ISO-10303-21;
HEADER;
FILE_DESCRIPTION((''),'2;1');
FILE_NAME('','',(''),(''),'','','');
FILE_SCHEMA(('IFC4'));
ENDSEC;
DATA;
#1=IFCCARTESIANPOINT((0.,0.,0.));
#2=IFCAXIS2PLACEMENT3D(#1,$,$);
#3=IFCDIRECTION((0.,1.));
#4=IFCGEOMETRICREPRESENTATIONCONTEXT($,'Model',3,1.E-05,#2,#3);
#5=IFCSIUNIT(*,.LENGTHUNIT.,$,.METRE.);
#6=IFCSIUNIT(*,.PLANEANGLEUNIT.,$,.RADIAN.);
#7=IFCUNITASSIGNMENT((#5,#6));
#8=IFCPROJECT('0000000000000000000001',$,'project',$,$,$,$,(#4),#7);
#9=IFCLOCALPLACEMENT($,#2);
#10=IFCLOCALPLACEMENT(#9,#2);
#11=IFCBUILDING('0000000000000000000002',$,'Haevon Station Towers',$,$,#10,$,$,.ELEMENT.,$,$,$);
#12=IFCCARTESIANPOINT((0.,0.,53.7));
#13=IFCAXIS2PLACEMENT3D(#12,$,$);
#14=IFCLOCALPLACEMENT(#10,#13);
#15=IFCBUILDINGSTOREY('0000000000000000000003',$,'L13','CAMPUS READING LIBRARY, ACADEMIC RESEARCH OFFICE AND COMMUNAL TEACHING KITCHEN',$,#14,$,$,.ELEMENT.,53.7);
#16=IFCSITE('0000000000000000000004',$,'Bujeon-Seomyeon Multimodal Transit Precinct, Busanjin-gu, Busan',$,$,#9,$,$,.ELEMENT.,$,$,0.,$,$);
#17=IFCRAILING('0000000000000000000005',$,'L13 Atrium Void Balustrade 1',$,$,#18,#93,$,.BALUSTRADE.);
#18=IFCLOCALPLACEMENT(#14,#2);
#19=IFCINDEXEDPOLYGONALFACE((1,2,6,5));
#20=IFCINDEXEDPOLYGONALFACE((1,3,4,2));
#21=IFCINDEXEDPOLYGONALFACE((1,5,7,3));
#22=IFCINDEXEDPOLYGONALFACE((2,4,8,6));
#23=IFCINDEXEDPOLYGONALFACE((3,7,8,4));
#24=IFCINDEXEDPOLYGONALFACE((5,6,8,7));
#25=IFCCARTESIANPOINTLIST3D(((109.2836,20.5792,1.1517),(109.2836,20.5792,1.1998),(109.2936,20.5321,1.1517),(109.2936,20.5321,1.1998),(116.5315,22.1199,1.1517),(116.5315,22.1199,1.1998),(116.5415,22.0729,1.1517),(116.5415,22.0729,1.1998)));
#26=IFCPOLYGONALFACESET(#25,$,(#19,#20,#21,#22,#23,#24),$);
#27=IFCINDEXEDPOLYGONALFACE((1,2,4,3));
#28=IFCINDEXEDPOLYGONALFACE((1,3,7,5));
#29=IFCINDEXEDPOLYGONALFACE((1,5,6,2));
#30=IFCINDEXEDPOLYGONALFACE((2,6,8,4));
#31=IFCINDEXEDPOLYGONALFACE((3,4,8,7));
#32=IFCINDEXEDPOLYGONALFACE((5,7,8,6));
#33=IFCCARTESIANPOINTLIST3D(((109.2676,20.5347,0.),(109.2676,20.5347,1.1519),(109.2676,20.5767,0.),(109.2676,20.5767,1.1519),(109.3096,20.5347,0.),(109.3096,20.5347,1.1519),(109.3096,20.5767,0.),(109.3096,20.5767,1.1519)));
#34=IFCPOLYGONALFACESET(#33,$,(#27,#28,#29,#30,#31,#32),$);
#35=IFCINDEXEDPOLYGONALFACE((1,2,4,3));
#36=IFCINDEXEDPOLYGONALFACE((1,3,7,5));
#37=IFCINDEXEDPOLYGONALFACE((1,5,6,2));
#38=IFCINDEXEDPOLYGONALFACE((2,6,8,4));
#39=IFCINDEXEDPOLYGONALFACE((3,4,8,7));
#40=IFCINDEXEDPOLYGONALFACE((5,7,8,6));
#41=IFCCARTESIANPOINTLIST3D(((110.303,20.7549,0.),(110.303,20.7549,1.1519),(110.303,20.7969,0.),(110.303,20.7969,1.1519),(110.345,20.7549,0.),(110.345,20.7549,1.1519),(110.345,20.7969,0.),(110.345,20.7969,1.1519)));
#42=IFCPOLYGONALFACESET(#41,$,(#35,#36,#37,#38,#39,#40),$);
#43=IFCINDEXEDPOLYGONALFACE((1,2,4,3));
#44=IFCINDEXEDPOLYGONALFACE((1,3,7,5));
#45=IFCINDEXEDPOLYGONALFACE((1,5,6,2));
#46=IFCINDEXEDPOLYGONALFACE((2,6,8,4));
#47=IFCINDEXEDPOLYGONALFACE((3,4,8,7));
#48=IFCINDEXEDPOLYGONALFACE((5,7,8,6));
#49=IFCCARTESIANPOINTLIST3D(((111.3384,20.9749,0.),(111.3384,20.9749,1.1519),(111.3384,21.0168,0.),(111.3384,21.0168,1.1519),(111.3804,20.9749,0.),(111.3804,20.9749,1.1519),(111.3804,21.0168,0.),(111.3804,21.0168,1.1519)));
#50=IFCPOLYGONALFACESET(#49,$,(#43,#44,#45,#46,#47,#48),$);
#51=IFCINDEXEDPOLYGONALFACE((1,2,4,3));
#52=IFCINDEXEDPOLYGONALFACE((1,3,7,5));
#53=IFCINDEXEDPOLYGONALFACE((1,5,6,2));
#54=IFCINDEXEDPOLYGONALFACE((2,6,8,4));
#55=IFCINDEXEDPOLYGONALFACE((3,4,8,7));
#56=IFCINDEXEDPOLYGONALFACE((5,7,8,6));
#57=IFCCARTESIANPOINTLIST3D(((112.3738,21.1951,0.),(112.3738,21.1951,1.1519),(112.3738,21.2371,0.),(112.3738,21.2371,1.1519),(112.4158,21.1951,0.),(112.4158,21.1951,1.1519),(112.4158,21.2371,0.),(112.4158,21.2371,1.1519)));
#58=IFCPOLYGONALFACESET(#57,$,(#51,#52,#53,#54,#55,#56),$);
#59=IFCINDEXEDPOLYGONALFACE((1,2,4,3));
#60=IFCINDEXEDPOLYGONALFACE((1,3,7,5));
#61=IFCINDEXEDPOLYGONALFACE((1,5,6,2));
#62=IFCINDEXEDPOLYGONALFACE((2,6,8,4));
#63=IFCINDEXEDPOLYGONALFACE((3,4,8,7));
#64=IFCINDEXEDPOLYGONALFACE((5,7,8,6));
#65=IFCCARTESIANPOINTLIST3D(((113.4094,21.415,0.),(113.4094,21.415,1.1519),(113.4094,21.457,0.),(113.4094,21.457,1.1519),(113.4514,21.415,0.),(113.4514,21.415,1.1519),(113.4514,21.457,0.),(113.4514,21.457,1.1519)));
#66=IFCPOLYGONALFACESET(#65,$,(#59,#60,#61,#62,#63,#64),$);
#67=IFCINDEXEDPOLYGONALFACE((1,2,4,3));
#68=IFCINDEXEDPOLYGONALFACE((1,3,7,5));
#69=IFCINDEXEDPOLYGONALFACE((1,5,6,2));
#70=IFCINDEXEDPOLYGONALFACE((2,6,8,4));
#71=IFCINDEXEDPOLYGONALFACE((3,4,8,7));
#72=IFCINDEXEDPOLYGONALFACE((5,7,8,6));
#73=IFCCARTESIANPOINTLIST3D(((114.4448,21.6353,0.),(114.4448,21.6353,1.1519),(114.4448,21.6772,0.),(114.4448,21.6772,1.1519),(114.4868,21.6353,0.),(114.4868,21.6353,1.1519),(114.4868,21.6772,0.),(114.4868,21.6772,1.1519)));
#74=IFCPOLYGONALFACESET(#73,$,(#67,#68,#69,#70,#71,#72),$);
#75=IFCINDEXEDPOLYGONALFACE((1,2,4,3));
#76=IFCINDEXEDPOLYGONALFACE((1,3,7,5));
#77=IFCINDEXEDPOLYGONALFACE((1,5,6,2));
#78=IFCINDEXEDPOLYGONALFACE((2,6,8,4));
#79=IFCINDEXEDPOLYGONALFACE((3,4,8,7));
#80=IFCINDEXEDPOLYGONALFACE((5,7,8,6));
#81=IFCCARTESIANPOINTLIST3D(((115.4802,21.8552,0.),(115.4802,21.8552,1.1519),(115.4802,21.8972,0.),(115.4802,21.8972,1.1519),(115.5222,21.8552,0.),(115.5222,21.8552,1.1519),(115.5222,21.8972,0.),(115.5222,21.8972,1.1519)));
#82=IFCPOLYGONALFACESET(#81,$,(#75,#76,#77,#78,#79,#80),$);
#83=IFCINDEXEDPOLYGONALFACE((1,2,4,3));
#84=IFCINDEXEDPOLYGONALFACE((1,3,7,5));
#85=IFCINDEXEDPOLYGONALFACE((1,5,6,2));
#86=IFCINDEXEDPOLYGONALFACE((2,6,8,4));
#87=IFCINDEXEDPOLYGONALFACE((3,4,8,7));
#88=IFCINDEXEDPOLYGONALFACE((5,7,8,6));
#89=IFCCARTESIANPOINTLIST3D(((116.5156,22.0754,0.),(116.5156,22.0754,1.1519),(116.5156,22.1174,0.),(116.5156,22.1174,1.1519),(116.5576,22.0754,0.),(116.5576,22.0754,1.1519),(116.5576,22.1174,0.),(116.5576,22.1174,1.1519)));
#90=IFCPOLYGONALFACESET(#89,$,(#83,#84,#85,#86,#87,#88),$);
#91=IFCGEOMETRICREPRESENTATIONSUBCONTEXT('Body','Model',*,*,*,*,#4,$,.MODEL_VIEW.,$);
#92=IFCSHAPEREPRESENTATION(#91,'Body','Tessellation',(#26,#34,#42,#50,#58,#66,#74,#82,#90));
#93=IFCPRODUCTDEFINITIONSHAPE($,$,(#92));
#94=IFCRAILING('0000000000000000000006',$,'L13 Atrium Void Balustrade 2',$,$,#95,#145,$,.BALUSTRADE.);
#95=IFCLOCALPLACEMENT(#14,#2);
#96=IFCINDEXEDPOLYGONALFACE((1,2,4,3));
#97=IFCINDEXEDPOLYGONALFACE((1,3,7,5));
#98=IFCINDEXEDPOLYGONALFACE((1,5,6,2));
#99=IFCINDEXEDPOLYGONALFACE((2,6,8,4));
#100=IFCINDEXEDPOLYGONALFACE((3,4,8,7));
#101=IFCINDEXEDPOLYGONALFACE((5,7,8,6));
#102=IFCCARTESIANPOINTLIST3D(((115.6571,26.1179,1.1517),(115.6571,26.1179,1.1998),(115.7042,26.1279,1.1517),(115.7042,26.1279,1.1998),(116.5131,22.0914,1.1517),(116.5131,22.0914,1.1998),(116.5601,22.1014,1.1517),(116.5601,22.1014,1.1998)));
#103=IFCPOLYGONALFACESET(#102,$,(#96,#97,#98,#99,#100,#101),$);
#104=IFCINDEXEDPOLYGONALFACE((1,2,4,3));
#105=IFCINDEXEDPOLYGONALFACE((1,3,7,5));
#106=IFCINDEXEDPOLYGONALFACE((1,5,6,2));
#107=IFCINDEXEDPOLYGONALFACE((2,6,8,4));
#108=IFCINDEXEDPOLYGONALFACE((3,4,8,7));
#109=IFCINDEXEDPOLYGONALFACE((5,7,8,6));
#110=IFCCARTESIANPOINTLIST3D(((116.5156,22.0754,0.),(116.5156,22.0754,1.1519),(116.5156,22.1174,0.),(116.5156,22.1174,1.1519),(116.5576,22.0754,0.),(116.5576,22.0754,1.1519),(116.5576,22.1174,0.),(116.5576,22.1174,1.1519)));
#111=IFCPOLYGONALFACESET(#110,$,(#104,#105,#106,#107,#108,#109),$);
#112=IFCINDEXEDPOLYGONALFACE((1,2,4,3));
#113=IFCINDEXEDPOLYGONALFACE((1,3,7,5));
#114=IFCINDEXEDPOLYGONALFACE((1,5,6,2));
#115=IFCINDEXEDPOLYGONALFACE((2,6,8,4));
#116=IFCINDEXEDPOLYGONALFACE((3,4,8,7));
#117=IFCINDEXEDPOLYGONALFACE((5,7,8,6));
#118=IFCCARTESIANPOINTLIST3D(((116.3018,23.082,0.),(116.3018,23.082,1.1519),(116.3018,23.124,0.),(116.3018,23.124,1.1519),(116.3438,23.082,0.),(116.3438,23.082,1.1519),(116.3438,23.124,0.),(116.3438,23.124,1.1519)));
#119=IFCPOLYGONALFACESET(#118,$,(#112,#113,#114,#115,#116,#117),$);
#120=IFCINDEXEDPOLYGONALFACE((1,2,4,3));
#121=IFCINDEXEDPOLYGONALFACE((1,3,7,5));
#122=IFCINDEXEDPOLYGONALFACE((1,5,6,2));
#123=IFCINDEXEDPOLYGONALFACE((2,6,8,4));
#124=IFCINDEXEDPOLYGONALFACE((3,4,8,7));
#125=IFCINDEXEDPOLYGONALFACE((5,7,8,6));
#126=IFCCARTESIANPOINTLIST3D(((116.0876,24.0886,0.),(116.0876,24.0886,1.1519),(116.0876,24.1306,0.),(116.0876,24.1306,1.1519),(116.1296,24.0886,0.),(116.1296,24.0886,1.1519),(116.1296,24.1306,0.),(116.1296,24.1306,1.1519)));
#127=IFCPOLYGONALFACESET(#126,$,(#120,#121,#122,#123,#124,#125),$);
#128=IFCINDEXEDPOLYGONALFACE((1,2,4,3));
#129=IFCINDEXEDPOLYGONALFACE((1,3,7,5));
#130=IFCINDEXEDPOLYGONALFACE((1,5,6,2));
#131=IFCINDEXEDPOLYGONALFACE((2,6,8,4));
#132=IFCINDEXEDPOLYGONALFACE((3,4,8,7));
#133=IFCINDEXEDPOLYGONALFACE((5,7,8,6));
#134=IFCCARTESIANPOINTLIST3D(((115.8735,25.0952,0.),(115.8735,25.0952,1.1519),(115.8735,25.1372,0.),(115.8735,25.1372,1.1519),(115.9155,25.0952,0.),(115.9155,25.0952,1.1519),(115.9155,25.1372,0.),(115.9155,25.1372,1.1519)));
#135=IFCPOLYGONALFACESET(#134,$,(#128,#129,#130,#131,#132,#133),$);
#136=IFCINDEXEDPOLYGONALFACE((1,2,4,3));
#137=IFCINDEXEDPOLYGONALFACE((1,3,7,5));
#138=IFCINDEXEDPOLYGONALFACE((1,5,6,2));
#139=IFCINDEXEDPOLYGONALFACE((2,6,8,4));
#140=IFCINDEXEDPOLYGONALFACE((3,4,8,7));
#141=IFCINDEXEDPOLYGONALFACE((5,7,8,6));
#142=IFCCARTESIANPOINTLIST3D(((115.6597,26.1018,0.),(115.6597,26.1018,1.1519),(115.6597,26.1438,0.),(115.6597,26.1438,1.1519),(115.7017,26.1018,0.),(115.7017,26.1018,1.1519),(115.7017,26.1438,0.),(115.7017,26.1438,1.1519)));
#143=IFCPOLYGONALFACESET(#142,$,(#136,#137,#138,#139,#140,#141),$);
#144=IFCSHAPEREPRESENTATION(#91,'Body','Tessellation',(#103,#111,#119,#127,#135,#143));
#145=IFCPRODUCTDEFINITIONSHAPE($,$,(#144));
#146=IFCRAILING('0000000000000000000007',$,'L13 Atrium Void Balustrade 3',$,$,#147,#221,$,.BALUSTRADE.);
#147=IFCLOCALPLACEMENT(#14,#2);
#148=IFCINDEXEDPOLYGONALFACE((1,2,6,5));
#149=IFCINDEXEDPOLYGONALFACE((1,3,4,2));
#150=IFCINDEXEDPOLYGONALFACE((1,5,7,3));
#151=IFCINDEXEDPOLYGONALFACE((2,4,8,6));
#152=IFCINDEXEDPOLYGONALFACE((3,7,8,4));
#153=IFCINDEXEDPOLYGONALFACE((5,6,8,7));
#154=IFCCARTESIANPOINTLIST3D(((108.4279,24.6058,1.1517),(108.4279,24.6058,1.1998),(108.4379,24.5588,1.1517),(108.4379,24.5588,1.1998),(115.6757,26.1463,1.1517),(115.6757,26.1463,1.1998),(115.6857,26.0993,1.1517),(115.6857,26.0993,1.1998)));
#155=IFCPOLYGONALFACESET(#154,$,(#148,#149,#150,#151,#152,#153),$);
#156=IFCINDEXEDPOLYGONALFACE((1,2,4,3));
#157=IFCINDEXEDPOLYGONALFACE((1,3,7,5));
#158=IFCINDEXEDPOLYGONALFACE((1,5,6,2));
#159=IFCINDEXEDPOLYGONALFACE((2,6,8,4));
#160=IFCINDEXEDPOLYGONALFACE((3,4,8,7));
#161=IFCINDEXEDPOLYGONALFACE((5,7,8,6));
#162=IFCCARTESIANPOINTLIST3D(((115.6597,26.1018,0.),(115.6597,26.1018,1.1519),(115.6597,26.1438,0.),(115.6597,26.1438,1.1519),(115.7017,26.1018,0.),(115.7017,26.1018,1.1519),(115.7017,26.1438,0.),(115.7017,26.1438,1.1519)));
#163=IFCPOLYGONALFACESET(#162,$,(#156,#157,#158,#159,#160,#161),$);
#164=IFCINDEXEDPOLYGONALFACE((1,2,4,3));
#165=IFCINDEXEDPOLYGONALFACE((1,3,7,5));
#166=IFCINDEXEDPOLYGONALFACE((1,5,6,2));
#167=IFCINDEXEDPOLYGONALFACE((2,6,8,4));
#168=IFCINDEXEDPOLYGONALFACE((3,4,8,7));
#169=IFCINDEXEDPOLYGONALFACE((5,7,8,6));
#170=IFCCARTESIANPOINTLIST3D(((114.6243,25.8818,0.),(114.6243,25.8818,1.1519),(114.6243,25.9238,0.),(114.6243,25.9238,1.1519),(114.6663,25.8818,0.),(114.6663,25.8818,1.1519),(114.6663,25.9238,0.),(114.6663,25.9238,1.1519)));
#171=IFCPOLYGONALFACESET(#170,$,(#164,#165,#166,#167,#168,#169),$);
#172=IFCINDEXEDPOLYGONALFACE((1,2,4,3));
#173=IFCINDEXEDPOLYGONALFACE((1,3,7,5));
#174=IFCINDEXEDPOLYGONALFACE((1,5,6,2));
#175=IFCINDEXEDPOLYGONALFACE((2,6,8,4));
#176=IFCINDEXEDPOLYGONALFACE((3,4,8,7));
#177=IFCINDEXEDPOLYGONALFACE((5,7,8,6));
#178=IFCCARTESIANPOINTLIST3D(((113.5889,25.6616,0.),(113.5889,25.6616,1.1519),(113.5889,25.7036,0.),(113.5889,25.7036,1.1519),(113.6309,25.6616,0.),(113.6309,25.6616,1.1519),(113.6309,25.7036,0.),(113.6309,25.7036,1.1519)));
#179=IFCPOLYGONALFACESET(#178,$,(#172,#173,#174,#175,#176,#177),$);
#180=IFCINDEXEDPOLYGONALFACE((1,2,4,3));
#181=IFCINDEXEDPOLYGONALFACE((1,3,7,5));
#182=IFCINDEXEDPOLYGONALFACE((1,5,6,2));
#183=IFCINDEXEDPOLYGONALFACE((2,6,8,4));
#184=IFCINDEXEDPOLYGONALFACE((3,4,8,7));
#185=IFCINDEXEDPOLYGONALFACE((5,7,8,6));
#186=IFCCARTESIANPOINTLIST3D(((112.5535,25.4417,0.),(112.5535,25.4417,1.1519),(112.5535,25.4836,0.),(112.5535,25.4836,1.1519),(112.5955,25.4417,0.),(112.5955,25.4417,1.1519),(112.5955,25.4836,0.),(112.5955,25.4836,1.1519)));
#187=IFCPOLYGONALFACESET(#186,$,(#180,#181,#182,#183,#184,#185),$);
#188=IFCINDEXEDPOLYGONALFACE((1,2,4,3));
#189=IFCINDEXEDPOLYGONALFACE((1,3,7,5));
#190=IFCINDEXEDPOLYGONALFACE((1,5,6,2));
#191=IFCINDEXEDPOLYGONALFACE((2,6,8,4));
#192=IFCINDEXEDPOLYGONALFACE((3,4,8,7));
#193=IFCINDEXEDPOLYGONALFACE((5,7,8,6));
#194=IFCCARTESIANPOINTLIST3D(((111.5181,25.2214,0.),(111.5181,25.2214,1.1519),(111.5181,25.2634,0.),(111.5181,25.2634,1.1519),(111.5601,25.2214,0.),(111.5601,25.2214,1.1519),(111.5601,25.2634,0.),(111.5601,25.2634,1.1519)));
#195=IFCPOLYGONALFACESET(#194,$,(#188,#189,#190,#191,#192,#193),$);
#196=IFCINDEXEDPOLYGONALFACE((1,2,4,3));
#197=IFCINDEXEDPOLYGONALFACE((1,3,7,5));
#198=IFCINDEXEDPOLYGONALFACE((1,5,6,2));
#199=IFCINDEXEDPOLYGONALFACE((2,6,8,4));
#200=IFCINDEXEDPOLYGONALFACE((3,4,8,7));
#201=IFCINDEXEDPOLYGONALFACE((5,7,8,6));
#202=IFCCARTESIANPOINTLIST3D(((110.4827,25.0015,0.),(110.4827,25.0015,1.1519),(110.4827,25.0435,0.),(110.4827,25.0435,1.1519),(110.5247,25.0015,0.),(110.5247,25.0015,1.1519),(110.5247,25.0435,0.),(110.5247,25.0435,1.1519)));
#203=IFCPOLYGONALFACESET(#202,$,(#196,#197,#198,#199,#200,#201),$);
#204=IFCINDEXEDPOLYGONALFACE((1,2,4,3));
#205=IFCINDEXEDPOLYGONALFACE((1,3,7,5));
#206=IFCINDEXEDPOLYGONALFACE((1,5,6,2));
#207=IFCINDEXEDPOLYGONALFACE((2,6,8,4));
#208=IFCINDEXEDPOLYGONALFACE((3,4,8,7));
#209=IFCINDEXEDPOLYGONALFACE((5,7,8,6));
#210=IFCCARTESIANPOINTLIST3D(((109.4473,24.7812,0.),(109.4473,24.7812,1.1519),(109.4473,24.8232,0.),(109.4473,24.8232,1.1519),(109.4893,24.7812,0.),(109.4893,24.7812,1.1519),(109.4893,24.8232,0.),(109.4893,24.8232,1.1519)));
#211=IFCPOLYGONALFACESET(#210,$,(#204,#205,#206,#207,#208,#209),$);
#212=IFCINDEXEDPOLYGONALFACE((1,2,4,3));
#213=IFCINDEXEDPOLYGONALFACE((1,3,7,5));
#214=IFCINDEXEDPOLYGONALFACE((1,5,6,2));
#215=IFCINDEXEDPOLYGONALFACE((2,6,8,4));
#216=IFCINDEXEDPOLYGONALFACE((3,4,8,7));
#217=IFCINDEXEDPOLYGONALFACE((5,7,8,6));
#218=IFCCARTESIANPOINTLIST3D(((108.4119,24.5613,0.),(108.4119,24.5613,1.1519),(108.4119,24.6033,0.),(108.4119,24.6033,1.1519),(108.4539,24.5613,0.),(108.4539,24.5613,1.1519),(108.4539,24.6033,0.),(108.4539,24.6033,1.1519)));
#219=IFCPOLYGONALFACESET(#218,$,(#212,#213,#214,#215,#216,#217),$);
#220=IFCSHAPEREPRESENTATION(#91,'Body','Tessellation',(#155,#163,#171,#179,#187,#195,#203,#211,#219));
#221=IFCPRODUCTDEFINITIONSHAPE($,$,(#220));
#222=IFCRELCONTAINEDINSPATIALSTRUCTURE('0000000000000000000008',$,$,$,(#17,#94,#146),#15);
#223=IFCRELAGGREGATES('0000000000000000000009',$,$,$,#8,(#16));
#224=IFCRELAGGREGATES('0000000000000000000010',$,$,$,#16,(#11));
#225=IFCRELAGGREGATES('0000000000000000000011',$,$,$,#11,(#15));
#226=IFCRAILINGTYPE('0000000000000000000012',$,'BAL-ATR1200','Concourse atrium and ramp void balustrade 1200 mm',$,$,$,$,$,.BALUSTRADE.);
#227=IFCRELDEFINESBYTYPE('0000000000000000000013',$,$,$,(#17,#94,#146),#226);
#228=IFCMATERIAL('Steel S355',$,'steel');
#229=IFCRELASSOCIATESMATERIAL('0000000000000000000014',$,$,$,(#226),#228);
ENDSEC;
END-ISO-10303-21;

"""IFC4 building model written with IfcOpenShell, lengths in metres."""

from ifc_helpers import new_model, si_unit, direction, frame, origin, origin_2d, place, context, subcontext, project, spatial, rectangle, extrude, material, type_object, element, save


model = new_model("IFC4")

# Units and contexts
model_context = context("Model", 3, precision=1e-05, world=origin(), true_north=direction((0.0, 1.0)))
body_context = subcontext(model_context, "Body", "Model", "MODEL_VIEW")
ifc_project = project(units=[si_unit("LENGTHUNIT", "METRE"), si_unit("PLANEANGLEUNIT", "RADIAN")], contexts=[model_context])

# Site, building, storey
site_placement = place(None, origin())
site = spatial("IfcSite", under=ifc_project, at=site_placement, Name="Bujeon-Seomyeon Multimodal Transit Precinct, Busanjin-gu, Busan", CompositionType="ELEMENT", RefElevation=0.0)
building_placement = place(site_placement, origin())
building = spatial("IfcBuilding", under=site, at=building_placement, Name="Haevon Station Towers", CompositionType="ELEMENT")
storey_placement = place(building_placement, frame((0.0, 0.0, 53.7)))
storey = spatial("IfcBuildingStorey", under=building, at=storey_placement, Name="L13", Description="CAMPUS READING LIBRARY, ACADEMIC RESEARCH OFFICE AND COMMUNAL TEACHING KITCHEN", CompositionType="ELEMENT", Elevation=53.7)

# Shared definitions
ifc_material_1 = material(Name="Steel S355", Category="steel")

# Railings
railing_type = type_object("IfcRailingType", Name="BAL-ATR1200", Description="Concourse atrium and ramp void balustrade 1200 mm", PredefinedType="BALUSTRADE", material=ifc_material_1)
railing_1_placement = place(storey_placement, frame((109.2886, 20.5557, 0.0)))
element("IfcRailing", 1, at=railing_1_placement, inside=storey, type_object=railing_type, Name="L13 Atrium Void Balustrade 1", PredefinedType="BALUSTRADE", context=body_context, shape_type="SweptSolid", body=[
    extrude(rectangle(XDim=0.0481, YDim=0.0481, at=origin_2d()), frame((0.0, 0.0, 1.1758), z_axis=(0.978143, 0.207931, 0.0), x_axis=(-0.207931, 0.978143, 0.0)), (0.0, 0.0, 1.0), 7.4099),
    extrude(rectangle(XDim=0.042, YDim=0.042, at=origin_2d()), origin(), (0.0, 0.0, 1.0), 1.1519),
    extrude(rectangle(XDim=0.042, YDim=0.042, at=origin_2d()), frame((1.0354, 0.2202, 0.0)), (0.0, 0.0, 1.0), 1.1519),
    extrude(rectangle(XDim=0.042, YDim=0.042, at=origin_2d()), frame((2.0708, 0.4402, 0.0)), (0.0, 0.0, 1.0), 1.1519),
    extrude(rectangle(XDim=0.042, YDim=0.042, at=origin_2d()), frame((3.1062, 0.6604, 0.0)), (0.0, 0.0, 1.0), 1.1519),
    extrude(rectangle(XDim=0.042, YDim=0.042, at=origin_2d()), frame((4.1418, 0.8804, 0.0)), (0.0, 0.0, 1.0), 1.1519),
    extrude(rectangle(XDim=0.042, YDim=0.042, at=origin_2d()), frame((5.1772, 1.1006, 0.0)), (0.0, 0.0, 1.0), 1.1519),
    extrude(rectangle(XDim=0.042, YDim=0.042, at=origin_2d()), frame((6.2126, 1.3206, 0.0)), (0.0, 0.0, 1.0), 1.1519),
    extrude(rectangle(XDim=0.042, YDim=0.042, at=origin_2d()), frame((7.248, 1.5408, 0.0)), (0.0, 0.0, 1.0), 1.1519),
])
railing_2_placement = place(storey_placement, frame((116.5366, 22.0964, 0.0)))
element("IfcRailing", 2, at=railing_2_placement, inside=storey, type_object=railing_type, Name="L13 Atrium Void Balustrade 2", PredefinedType="BALUSTRADE", context=body_context, shape_type="SweptSolid", body=[
    extrude(rectangle(XDim=0.0481, YDim=0.0481, at=origin_2d()), frame((0.0, 0.0, 1.1758), z_axis=(-0.207941, 0.978141, 0.0), x_axis=(-0.978141, -0.207941, 0.0)), (0.0, 0.0, 1.0), 4.1165),
    extrude(rectangle(XDim=0.042, YDim=0.042, at=origin_2d()), origin(), (0.0, 0.0, 1.0), 1.1519),
    extrude(rectangle(XDim=0.042, YDim=0.042, at=origin_2d()), frame((-0.2139, 1.0066, 0.0)), (0.0, 0.0, 1.0), 1.1519),
    extrude(rectangle(XDim=0.042, YDim=0.042, at=origin_2d()), frame((-0.428, 2.0132, 0.0)), (0.0, 0.0, 1.0), 1.1519),
    extrude(rectangle(XDim=0.042, YDim=0.042, at=origin_2d()), frame((-0.6421, 3.0198, 0.0)), (0.0, 0.0, 1.0), 1.1519),
    extrude(rectangle(XDim=0.042, YDim=0.042, at=origin_2d()), frame((-0.856, 4.0264, 0.0)), (0.0, 0.0, 1.0), 1.1519),
])
railing_3_placement = place(storey_placement, frame((115.6807, 26.1228, 0.0)))
element("IfcRailing", 3, at=railing_3_placement, inside=storey, type_object=railing_type, Name="L13 Atrium Void Balustrade 3", PredefinedType="BALUSTRADE", context=body_context, shape_type="SweptSolid", body=[
    extrude(rectangle(XDim=0.0481, YDim=0.0481, at=origin_2d()), frame((0.0, 0.0, 1.1758), z_axis=(-0.978149, -0.207906, 0.0), x_axis=(0.207906, -0.978149, 0.0)), (0.0, 0.0, 1.0), 7.4097),
    extrude(rectangle(XDim=0.042, YDim=0.042, at=origin_2d()), origin(), (0.0, 0.0, 1.0), 1.1519),
    extrude(rectangle(XDim=0.042, YDim=0.042, at=origin_2d()), frame((-1.0354, -0.22, 0.0)), (0.0, 0.0, 1.0), 1.1519),
    extrude(rectangle(XDim=0.042, YDim=0.042, at=origin_2d()), frame((-2.0708, -0.4402, 0.0)), (0.0, 0.0, 1.0), 1.1519),
    extrude(rectangle(XDim=0.042, YDim=0.042, at=origin_2d()), frame((-3.1062, -0.6602, 0.0)), (0.0, 0.0, 1.0), 1.1519),
    extrude(rectangle(XDim=0.042, YDim=0.042, at=origin_2d()), frame((-4.1416, -0.8804, 0.0)), (0.0, 0.0, 1.0), 1.1519),
    extrude(rectangle(XDim=0.042, YDim=0.042, at=origin_2d()), frame((-5.177, -1.1003, 0.0)), (0.0, 0.0, 1.0), 1.1519),
    extrude(rectangle(XDim=0.042, YDim=0.042, at=origin_2d()), frame((-6.2124, -1.3206, 0.0)), (0.0, 0.0, 1.0), 1.1519),
    extrude(rectangle(XDim=0.042, YDim=0.042, at=origin_2d()), frame((-7.2478, -1.5405, 0.0)), (0.0, 0.0, 1.0), 1.1519),
])

save(model, "model.ifc")
